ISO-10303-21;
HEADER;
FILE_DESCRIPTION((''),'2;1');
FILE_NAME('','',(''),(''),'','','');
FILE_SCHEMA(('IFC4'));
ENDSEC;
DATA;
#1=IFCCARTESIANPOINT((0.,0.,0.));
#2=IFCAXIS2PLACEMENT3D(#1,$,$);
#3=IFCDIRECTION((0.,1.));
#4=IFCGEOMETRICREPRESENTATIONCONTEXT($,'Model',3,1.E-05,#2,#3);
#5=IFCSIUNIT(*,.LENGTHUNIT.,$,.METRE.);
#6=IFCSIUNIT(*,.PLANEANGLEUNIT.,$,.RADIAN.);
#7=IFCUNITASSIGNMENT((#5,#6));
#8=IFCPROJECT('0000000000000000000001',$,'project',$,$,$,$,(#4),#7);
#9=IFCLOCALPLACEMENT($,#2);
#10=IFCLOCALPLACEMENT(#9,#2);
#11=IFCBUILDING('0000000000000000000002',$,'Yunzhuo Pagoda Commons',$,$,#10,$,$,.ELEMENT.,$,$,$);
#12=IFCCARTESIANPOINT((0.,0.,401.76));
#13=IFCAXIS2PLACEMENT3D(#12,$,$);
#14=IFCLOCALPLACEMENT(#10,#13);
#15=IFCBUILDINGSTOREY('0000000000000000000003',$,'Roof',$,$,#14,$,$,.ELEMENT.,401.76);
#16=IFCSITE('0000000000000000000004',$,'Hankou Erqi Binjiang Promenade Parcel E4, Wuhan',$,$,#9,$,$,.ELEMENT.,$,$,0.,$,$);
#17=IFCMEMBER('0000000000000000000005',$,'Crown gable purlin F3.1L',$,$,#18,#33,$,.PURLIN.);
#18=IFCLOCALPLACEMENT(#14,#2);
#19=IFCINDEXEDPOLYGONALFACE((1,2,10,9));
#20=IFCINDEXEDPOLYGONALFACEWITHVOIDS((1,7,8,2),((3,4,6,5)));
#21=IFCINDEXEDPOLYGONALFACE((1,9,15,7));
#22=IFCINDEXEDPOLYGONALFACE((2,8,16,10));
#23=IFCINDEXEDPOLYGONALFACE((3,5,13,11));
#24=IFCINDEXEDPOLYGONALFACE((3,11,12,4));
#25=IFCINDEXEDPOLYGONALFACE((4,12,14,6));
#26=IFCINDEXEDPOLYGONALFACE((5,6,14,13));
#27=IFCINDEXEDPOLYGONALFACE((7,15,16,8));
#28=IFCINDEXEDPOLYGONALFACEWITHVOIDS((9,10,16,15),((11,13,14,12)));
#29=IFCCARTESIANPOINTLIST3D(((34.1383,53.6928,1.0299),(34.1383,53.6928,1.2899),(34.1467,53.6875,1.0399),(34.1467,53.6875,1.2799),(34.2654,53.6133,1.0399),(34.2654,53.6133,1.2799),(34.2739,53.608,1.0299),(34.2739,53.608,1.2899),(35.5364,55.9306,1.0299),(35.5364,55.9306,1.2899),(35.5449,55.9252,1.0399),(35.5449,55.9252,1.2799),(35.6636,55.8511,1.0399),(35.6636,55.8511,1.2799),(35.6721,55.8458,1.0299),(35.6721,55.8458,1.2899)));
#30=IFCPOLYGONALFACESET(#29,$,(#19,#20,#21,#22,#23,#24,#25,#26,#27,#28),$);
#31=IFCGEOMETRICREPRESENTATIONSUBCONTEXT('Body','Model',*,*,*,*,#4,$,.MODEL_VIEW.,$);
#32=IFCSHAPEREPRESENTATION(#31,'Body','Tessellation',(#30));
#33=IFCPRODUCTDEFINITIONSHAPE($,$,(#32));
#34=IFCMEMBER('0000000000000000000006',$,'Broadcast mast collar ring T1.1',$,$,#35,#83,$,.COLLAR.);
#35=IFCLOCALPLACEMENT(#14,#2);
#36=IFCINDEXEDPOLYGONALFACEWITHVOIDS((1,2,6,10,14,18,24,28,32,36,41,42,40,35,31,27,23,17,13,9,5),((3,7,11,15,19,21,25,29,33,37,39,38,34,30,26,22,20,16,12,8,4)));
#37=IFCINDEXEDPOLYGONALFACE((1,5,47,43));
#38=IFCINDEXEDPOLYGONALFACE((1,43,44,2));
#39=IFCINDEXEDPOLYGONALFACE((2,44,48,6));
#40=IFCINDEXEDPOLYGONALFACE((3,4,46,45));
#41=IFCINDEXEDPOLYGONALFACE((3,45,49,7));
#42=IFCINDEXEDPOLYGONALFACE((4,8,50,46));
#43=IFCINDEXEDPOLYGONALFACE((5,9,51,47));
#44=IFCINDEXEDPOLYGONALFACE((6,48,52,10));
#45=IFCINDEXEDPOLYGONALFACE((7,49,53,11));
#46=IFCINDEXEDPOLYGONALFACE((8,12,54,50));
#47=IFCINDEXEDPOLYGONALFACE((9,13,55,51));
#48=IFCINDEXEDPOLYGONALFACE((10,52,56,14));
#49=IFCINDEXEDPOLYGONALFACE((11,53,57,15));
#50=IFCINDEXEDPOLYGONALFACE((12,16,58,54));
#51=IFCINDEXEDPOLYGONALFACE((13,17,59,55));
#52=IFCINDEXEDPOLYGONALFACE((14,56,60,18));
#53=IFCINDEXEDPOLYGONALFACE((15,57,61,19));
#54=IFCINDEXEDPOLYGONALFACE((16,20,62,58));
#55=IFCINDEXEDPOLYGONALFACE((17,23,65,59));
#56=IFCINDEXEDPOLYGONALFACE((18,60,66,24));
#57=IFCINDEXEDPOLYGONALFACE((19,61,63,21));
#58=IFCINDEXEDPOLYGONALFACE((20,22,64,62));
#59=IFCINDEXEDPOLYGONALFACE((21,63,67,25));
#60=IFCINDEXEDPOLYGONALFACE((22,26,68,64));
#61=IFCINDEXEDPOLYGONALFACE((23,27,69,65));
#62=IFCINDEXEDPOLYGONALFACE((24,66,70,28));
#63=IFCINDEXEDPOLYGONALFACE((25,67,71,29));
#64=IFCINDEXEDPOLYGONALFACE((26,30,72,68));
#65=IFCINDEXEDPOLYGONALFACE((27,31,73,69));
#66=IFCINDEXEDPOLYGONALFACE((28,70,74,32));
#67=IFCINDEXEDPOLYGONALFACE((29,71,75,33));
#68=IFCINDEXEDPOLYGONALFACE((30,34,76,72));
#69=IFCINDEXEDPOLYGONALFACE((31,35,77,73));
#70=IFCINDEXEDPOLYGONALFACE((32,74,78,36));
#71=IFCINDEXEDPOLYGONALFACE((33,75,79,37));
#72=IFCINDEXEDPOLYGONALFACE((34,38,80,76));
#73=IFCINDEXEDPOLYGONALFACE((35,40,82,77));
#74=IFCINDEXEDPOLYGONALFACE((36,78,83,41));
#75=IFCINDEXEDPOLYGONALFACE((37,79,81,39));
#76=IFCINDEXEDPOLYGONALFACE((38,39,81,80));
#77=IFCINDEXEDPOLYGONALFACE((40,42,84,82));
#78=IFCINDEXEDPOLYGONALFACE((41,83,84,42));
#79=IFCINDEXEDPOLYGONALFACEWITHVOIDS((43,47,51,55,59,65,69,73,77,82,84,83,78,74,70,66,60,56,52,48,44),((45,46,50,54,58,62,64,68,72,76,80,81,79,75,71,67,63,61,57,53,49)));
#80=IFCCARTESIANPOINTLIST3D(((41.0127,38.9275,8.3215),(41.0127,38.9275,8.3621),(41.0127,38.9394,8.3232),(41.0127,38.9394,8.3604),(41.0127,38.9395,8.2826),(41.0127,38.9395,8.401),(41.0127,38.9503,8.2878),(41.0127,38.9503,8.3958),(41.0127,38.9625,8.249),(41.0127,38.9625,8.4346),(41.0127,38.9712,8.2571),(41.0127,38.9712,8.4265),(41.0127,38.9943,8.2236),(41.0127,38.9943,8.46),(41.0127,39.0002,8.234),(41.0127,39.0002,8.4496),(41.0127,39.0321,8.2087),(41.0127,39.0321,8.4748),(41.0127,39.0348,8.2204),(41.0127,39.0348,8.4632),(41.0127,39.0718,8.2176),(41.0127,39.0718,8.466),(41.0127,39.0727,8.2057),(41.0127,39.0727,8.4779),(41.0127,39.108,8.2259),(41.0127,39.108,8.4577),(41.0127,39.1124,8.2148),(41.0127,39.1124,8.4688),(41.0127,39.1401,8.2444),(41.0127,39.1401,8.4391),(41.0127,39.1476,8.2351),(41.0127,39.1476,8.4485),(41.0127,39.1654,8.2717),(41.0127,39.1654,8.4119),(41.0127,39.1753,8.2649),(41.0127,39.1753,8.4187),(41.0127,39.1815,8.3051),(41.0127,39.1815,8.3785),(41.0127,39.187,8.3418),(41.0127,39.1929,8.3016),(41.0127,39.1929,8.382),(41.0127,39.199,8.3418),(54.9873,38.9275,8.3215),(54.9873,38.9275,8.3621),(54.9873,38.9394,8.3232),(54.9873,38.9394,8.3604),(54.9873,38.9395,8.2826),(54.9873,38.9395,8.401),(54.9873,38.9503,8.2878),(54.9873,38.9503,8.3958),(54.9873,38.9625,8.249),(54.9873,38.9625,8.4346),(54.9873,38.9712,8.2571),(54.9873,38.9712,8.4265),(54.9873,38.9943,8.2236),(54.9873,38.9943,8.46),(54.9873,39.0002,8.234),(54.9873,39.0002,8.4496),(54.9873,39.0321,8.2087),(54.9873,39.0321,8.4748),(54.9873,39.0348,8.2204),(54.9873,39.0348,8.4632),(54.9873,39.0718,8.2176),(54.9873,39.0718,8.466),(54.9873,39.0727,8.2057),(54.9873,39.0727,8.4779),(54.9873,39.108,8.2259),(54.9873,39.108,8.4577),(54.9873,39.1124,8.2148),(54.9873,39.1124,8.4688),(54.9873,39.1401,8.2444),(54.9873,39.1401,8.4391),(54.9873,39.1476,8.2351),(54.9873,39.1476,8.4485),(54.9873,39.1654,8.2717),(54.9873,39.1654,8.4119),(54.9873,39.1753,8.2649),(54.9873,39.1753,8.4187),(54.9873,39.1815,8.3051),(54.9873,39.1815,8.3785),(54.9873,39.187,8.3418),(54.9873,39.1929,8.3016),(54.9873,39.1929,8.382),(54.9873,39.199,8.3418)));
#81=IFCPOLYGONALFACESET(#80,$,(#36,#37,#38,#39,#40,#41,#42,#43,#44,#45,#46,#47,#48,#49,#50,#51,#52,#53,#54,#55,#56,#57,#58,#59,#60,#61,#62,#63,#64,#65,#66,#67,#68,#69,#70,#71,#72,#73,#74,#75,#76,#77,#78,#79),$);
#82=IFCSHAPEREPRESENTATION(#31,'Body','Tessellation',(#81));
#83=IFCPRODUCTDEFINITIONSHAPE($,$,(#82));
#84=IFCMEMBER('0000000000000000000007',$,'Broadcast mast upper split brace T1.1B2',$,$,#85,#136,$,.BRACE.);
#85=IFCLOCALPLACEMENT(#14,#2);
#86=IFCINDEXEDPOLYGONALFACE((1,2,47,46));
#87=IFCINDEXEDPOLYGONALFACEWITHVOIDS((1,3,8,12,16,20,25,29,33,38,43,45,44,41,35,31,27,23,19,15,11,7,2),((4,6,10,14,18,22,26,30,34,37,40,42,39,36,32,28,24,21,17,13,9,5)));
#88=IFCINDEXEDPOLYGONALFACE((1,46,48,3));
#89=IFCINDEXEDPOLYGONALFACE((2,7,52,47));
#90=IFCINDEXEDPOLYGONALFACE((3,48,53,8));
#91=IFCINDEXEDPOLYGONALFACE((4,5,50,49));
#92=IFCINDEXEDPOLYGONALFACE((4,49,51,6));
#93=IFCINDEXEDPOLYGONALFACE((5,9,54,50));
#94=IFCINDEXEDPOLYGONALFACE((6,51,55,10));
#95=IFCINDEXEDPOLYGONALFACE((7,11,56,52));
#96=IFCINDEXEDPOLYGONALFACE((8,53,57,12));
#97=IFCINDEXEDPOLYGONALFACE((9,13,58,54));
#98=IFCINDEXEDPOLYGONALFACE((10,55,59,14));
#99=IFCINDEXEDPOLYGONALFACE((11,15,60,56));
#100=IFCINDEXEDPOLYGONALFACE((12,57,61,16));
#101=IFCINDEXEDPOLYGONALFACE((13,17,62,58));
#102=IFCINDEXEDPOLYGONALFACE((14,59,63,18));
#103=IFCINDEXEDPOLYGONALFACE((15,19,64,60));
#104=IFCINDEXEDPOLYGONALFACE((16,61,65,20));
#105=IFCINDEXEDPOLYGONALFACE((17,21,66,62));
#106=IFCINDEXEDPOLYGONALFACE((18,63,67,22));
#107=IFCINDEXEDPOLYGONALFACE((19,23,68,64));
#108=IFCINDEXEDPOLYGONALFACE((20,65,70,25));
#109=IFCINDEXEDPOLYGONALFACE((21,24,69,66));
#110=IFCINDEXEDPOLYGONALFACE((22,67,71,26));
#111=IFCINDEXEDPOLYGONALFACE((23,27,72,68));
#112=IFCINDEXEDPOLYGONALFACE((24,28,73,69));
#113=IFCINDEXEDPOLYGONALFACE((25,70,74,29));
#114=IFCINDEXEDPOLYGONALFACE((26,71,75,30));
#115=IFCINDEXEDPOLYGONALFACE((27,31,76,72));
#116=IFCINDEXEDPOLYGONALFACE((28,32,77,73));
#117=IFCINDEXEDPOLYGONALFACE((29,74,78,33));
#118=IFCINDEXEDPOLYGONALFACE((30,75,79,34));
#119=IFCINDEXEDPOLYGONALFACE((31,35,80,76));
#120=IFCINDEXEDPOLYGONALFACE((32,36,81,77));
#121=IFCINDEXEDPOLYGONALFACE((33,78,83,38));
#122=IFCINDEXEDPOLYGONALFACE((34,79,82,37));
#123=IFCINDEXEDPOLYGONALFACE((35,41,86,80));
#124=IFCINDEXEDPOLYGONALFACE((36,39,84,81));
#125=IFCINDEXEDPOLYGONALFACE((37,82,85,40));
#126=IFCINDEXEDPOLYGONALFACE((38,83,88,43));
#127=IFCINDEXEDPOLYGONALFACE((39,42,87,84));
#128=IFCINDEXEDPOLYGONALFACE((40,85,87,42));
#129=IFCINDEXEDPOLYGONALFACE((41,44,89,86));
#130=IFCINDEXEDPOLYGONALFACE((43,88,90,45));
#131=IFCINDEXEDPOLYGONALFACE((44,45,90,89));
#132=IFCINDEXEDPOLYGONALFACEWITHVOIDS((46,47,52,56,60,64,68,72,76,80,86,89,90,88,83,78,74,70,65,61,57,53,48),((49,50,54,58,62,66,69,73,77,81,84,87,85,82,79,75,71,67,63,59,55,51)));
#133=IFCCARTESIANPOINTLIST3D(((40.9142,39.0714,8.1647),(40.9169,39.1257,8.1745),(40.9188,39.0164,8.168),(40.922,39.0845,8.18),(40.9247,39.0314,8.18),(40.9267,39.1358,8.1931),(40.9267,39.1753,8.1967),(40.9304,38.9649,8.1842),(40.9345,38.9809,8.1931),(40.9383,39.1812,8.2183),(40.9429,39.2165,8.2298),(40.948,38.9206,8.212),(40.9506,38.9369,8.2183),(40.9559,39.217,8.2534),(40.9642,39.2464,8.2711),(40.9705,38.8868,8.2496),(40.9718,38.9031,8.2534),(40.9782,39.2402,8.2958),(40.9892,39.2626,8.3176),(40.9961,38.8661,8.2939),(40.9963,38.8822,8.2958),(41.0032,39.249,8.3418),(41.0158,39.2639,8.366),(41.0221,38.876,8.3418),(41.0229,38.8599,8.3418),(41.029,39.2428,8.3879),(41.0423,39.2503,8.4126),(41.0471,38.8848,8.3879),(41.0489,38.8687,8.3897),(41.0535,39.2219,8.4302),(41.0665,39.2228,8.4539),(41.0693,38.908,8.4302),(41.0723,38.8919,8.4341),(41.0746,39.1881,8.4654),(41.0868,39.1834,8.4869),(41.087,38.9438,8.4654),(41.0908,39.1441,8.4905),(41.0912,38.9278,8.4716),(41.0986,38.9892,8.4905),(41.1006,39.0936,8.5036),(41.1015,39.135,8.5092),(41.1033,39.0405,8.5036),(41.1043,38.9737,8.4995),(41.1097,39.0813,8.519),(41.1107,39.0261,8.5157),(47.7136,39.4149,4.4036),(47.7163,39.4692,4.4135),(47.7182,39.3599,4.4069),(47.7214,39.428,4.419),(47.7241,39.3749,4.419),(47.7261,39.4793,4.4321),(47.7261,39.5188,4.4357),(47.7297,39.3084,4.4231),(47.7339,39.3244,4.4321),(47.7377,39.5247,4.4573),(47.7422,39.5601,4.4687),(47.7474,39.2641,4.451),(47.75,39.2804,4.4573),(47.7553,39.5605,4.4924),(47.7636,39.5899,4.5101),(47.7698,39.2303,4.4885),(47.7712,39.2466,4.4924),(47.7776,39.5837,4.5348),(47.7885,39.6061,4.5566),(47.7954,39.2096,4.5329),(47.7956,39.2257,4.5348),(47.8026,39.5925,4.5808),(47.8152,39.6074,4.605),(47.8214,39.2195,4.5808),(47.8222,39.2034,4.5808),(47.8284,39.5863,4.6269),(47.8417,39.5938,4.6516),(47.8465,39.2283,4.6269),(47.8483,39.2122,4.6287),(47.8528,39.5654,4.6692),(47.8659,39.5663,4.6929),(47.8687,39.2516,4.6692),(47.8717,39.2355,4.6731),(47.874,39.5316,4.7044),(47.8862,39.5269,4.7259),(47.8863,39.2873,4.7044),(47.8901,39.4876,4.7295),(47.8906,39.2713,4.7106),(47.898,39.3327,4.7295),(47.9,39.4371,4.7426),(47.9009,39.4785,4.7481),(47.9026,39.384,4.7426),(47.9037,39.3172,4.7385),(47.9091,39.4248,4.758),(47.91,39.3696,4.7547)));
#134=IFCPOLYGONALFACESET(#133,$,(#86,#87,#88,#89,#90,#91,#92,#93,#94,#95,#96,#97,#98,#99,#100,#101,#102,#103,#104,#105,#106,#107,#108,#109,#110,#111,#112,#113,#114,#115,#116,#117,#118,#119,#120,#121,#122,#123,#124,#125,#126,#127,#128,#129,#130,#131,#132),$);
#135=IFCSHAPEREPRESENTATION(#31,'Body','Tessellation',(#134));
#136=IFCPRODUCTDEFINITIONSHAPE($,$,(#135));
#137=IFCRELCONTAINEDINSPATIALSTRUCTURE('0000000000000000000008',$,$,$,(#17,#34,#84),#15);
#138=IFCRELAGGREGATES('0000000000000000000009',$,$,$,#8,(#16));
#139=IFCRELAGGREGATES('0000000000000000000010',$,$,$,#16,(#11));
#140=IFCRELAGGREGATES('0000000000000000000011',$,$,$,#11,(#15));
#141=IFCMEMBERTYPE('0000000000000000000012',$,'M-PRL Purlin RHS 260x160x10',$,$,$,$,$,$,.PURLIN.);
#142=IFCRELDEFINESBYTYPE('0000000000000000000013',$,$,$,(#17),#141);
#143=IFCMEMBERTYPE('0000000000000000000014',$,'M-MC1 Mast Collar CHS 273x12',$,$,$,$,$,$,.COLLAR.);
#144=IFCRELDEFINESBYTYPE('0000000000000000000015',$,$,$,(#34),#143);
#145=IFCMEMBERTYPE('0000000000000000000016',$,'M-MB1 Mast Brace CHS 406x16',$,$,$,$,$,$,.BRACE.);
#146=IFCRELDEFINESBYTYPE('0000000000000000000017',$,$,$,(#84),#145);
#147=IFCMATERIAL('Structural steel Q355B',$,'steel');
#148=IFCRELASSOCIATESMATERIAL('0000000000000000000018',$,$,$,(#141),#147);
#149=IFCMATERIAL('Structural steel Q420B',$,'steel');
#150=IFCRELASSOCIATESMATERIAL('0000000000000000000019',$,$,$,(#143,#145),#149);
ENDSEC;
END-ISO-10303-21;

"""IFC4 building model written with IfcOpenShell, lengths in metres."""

from ifc_helpers import new_model, si_unit, direction, frame, origin, origin_2d, place, context, subcontext, project, spatial, hollow_rectangle, hollow_circle, extrude, source, transform, mapped, material, material_profile, profile_set, type_object, element, save


model = new_model("IFC4")

# Units and contexts
model_context = context("Model", 3, precision=1e-05, world=origin(), true_north=direction((0.0, 1.0)))
body_context = subcontext(model_context, "Body", "Model", "MODEL_VIEW")
ifc_project = project(units=[si_unit("LENGTHUNIT", "METRE"), si_unit("PLANEANGLEUNIT", "RADIAN")], contexts=[model_context])

# Site, building, storey
site_placement = place(None, origin())
site = spatial("IfcSite", under=ifc_project, at=site_placement, Name="Hankou Erqi Binjiang Promenade Parcel E4, Wuhan", CompositionType="ELEMENT", RefElevation=0.0)
building_placement = place(site_placement, origin())
building = spatial("IfcBuilding", under=site, at=building_placement, Name="Yunzhuo Pagoda Commons", CompositionType="ELEMENT")
storey_placement = place(building_placement, frame((0.0, 0.0, 401.76)))
storey = spatial("IfcBuildingStorey", under=building, at=storey_placement, Name="Roof", CompositionType="ELEMENT", Elevation=401.76)

# Members
ifc_material_1 = material(Name="Structural steel Q355B", Category="steel")
ifc_material_profile_1 = material_profile(ifc_material_1, hollow_rectangle(XDim=0.1599, YDim=0.26, WallThickness=0.01, at=origin_2d()), Name="Structural steel Q355B")
ifc_profile_set_1 = profile_set([ifc_material_profile_1], Name="Structural steel Q355B")
member_type_1 = type_object("IfcMemberType", Name="M-PRL Purlin RHS 260x160x10", PredefinedType="PURLIN", material=ifc_profile_set_1)
shared_shape_1 = source(origin(), body_context, "Body", "SweptSolid", [
    extrude(hollow_rectangle(XDim=0.1599, YDim=0.26, WallThickness=0.01, at=origin_2d()), origin(), (0.0, 0.0, 1.0), 2.6387),
])
member_1_placement = place(storey_placement, frame((35.6042, 55.8882, 1.1599), z_axis=(-0.529883, -0.848071, 0.0), x_axis=(0.848071, -0.529883, 0.0)))
element("IfcMember", 1, at=member_1_placement, inside=storey, type_object=member_type_1, Name="Crown gable purlin F3.1L", PredefinedType="PURLIN", context=body_context, shape_type="MappedRepresentation", body=[
    mapped(shared_shape_1, transform((0.0, 0.0, 0.0), scale=1.0)),
])
ifc_material_2 = material(Name="Structural steel Q420B", Category="steel")
ifc_material_profile_2 = material_profile(ifc_material_2, hollow_circle(Radius=0.1365, WallThickness=0.012, at=origin_2d()), Name="Structural steel Q420B")
ifc_profile_set_2 = profile_set([ifc_material_profile_2], Name="Structural steel Q420B")
member_type_2 = type_object("IfcMemberType", Name="M-MC1 Mast Collar CHS 273x12", PredefinedType="COLLAR", material=ifc_profile_set_2)
shared_shape_2 = source(origin(), body_context, "Body", "SweptSolid", [
    extrude(hollow_circle(Radius=0.1365, WallThickness=0.012, at=origin_2d()), origin(), (0.0, 0.0, 1.0), 13.9746),
])
member_2_placement = place(storey_placement, frame((41.0127, 39.0625, 8.3418), z_axis=(1.0, 0.0, 0.0), x_axis=(0.0, 1.0, 0.0)))
element("IfcMember", 2, at=member_2_placement, inside=storey, type_object=member_type_2, Name="Broadcast mast collar ring T1.1", PredefinedType="COLLAR", context=body_context, shape_type="MappedRepresentation", body=[
    mapped(shared_shape_2, transform((0.0, 0.0, 0.0), scale=1.0)),
])
ifc_material_profile_3 = material_profile(ifc_material_2, hollow_circle(Radius=0.2029, WallThickness=0.0161, at=origin_2d()), Name="Structural steel Q420B")
ifc_profile_set_3 = profile_set([ifc_material_profile_3], Name="Structural steel Q420B")
member_type_3 = type_object("IfcMemberType", Name="M-MB1 Mast Brace CHS 406x16", PredefinedType="BRACE", material=ifc_profile_set_3)
shared_shape_3 = source(origin(), body_context, "Body", "SweptSolid", [
    extrude(hollow_circle(Radius=0.2029, WallThickness=0.0161, at=origin_2d()), origin(), (0.0, 0.0, 1.0), 7.7778),
])
member_3_placement = place(storey_placement, frame((47.812, 39.406, 4.5808), z_axis=(-0.874199, -0.044165, 0.483556), x_axis=(0.050456, -0.998726, 0.0)))
element("IfcMember", 3, at=member_3_placement, inside=storey, type_object=member_type_3, Name="Broadcast mast upper split brace T1.1B2", PredefinedType="BRACE", context=body_context, shape_type="MappedRepresentation", body=[
    mapped(shared_shape_3, transform((0.0, 0.0, 0.0), scale=1.0)),
])

save(model, "model.ifc")
